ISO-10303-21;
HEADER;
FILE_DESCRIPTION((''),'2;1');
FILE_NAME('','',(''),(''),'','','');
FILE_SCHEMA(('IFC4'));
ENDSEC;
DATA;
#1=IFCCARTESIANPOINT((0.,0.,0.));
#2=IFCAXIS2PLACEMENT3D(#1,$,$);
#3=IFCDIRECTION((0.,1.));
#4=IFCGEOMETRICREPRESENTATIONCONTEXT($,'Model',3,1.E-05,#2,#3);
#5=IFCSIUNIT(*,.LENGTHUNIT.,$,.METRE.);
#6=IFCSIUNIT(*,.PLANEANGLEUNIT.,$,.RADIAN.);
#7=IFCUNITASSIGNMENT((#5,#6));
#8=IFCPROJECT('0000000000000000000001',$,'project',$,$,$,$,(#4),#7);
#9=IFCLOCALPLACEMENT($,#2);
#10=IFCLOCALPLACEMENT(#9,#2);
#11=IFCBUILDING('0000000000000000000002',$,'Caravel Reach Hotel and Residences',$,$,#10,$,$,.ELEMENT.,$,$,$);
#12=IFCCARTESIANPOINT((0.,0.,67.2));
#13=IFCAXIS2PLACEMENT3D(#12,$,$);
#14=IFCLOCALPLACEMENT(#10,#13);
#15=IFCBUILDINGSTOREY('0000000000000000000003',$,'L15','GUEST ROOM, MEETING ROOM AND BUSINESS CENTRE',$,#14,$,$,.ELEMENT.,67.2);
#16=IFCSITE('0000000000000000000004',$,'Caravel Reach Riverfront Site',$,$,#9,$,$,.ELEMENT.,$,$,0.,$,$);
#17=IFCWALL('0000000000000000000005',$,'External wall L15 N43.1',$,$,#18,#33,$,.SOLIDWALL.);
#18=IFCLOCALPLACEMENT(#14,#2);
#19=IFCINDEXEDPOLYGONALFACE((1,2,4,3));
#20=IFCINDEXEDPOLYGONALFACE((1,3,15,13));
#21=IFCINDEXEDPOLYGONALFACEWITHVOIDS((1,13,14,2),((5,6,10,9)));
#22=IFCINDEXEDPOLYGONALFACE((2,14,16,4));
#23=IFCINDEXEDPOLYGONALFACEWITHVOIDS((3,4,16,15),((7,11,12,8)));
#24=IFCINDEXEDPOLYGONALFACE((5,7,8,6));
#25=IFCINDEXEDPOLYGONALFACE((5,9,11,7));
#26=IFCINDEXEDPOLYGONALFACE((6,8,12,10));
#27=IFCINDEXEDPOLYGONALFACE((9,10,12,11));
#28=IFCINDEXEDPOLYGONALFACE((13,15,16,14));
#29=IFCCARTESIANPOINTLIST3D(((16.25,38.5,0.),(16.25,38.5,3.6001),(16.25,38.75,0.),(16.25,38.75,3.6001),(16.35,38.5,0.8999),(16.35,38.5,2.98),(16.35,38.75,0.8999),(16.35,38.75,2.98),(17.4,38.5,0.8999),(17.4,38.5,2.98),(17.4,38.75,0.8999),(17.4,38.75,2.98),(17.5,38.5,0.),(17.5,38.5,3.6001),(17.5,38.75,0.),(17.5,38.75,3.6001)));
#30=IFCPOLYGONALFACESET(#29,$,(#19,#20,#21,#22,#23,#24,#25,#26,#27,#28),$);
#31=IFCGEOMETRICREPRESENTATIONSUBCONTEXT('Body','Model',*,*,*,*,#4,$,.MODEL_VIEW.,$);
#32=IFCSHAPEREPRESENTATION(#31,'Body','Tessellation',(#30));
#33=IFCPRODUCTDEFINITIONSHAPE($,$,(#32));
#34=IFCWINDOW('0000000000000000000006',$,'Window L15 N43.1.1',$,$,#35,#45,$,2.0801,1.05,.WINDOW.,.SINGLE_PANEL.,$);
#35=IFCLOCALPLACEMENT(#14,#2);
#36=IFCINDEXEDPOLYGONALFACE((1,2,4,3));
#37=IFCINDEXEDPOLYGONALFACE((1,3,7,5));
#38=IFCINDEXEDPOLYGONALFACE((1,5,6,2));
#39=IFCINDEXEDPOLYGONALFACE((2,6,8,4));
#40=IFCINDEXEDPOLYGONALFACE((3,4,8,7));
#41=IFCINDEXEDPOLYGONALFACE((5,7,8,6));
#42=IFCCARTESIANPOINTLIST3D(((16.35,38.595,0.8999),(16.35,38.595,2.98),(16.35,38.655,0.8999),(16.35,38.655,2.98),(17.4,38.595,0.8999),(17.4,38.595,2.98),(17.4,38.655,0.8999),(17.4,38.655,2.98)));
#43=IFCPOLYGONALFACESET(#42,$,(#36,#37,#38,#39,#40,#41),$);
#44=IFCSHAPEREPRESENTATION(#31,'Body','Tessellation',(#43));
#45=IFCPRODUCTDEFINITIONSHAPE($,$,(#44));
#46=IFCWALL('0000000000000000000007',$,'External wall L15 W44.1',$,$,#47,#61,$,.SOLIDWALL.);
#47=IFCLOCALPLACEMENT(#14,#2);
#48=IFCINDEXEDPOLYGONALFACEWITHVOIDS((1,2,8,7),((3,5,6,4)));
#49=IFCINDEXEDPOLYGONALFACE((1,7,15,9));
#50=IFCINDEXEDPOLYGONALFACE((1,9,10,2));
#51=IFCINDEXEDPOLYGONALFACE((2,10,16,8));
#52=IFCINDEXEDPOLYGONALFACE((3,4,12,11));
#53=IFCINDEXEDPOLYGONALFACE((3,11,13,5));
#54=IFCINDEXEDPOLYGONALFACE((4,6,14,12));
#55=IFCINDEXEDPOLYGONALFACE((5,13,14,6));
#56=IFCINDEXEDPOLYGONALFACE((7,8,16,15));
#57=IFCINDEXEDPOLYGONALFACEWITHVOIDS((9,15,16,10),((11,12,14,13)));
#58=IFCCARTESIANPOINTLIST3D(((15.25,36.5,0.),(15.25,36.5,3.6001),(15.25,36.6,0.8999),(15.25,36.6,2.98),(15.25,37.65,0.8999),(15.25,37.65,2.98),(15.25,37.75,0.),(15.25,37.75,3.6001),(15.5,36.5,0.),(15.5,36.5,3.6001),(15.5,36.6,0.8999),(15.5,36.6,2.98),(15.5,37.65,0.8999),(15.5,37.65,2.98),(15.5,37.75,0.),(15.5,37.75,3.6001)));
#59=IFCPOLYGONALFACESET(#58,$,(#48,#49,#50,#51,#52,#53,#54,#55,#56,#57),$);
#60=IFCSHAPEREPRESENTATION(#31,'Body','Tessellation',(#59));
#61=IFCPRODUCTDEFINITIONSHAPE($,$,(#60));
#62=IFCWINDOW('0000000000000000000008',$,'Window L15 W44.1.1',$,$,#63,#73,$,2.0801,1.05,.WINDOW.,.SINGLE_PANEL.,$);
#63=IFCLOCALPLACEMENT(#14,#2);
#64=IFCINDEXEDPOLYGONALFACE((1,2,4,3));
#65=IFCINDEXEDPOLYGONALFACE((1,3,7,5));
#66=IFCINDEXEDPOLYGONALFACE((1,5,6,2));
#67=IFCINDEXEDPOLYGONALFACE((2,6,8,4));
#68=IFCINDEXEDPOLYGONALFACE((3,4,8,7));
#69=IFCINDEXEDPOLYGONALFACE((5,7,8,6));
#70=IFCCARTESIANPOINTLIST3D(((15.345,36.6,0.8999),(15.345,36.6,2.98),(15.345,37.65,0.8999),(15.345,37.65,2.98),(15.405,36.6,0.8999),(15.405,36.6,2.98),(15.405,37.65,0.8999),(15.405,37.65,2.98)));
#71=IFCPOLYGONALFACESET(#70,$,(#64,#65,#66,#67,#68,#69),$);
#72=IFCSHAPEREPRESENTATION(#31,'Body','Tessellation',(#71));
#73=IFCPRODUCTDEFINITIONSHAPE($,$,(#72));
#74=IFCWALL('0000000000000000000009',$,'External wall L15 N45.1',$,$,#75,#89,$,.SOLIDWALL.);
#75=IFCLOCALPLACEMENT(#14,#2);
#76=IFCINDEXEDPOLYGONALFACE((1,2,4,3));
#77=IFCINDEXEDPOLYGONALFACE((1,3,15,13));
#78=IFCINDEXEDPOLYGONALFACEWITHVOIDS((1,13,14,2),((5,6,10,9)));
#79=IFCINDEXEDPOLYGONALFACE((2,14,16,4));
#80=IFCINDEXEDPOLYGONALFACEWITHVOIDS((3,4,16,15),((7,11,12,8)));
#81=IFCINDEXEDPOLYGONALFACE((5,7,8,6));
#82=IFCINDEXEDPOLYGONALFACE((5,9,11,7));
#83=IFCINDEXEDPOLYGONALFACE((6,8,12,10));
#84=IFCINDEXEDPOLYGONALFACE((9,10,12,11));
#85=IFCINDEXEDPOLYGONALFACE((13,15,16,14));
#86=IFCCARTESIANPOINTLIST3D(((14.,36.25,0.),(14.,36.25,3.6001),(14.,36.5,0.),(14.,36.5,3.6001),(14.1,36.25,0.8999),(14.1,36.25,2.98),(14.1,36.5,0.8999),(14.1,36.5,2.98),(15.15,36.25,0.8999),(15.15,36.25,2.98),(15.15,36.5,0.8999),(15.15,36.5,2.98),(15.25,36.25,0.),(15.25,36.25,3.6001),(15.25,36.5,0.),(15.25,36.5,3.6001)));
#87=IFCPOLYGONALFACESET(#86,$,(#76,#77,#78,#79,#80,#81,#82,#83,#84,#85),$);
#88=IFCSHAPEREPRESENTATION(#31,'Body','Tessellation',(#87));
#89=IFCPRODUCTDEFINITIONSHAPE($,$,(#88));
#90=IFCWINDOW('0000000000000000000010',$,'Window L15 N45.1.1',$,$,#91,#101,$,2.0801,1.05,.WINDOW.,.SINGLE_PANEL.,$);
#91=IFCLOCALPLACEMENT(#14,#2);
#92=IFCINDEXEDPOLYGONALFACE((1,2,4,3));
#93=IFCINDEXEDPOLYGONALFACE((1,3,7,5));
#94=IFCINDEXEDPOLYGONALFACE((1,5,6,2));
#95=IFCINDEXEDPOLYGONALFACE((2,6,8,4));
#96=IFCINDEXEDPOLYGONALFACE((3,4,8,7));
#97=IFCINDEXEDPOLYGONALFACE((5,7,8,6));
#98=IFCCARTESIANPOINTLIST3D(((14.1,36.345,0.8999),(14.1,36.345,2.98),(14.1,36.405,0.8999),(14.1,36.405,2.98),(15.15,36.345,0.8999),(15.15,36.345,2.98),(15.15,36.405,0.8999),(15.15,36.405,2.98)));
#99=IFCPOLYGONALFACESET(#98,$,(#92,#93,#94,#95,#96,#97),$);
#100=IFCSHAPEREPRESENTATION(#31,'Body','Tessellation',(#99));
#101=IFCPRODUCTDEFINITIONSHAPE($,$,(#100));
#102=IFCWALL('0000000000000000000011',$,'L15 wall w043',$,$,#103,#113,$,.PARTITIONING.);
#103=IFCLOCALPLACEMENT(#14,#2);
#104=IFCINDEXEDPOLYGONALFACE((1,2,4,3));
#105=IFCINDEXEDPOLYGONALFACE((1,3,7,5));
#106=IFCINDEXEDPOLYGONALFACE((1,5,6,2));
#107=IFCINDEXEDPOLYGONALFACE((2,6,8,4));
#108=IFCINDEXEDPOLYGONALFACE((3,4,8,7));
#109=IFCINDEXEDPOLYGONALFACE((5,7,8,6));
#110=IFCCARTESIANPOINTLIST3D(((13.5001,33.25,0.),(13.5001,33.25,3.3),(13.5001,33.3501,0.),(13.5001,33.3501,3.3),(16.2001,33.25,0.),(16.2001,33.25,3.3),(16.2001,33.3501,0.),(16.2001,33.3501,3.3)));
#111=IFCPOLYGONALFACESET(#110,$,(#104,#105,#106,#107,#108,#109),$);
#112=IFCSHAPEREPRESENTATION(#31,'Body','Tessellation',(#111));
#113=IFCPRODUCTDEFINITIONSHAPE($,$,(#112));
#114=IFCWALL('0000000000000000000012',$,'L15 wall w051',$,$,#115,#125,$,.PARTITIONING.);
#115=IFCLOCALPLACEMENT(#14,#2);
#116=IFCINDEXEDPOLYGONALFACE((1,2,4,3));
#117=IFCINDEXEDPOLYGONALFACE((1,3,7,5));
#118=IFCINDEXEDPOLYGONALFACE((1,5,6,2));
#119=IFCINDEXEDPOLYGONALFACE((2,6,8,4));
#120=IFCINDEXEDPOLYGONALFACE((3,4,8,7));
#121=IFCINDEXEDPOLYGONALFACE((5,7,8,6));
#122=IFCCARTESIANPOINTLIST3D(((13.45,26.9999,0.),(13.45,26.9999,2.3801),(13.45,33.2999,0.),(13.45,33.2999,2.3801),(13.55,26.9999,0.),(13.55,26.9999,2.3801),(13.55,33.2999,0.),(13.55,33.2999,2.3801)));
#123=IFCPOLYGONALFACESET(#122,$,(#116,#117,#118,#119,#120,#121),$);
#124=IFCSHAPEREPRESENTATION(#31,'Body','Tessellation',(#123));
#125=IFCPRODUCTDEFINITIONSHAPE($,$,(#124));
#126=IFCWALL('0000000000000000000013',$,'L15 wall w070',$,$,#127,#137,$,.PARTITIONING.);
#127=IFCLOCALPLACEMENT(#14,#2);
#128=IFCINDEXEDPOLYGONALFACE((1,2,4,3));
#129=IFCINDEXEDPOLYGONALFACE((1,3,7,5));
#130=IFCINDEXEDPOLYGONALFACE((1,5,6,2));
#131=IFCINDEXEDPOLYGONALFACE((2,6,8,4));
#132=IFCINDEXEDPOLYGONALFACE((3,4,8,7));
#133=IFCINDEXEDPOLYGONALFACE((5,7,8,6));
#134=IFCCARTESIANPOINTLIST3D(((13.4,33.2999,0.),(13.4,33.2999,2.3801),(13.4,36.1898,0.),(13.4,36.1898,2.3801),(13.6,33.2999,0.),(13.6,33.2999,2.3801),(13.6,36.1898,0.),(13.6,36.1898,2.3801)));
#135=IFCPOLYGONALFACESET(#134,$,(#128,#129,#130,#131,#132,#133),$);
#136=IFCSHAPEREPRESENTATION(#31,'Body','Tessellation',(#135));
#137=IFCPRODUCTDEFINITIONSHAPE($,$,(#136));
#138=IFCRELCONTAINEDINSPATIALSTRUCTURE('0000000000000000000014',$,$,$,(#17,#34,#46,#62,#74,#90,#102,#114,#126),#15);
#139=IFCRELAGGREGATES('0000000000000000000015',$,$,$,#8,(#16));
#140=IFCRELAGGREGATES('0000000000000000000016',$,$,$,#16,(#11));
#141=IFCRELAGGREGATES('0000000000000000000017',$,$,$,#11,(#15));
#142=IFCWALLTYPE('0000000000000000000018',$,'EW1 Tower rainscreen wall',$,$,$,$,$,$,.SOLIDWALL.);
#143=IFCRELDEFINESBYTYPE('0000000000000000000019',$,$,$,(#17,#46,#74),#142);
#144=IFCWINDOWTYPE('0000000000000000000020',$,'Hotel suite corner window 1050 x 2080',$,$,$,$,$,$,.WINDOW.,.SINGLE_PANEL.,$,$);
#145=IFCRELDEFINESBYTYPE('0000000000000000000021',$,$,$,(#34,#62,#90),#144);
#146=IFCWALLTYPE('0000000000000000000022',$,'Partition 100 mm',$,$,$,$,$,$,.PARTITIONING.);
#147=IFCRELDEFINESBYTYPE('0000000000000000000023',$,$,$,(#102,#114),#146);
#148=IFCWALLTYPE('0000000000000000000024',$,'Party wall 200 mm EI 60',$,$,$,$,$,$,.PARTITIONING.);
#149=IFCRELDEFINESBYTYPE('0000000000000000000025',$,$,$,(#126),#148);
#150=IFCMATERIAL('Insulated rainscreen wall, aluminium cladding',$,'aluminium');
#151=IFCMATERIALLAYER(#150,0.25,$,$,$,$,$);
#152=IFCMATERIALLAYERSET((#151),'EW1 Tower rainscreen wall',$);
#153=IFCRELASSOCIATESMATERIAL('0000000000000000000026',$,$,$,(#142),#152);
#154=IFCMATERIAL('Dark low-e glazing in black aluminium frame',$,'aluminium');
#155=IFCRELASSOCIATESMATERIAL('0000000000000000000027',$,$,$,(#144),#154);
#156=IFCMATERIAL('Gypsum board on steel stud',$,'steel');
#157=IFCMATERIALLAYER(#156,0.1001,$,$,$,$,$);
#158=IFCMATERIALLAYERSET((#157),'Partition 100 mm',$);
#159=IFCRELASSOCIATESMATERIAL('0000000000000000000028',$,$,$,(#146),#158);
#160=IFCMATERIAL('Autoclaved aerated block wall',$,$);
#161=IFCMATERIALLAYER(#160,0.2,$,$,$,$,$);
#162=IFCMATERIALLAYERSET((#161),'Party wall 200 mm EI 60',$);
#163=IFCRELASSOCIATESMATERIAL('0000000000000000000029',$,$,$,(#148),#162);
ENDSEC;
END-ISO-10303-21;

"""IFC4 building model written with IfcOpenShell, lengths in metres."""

from ifc_helpers import new_model, si_unit, direction, frame, frame_2d, origin, place, context, subcontext, project, spatial, rectangle, extrude, material, layer, layer_set, type_object, element, fill, save


model = new_model("IFC4")

# Units and contexts
model_context = context("Model", 3, precision=1e-05, world=origin(), true_north=direction((0.0, 1.0)))
body_context = subcontext(model_context, "Body", "Model", "MODEL_VIEW")
ifc_project = project(units=[si_unit("LENGTHUNIT", "METRE"), si_unit("PLANEANGLEUNIT", "RADIAN")], contexts=[model_context])

# Site, building, storey
site_placement = place(None, origin())
site = spatial("IfcSite", under=ifc_project, at=site_placement, Name="Caravel Reach Riverfront Site", CompositionType="ELEMENT", RefElevation=0.0)
building_placement = place(site_placement, origin())
building = spatial("IfcBuilding", under=site, at=building_placement, Name="Caravel Reach Hotel and Residences", CompositionType="ELEMENT")
storey_placement = place(building_placement, frame((0.0, 0.0, 67.2)))
storey = spatial("IfcBuildingStorey", under=building, at=storey_placement, Name="L15", Description="GUEST ROOM, MEETING ROOM AND BUSINESS CENTRE", CompositionType="ELEMENT", Elevation=67.2)

# Walls, openings, windows
ifc_material_1 = material(Name="Insulated rainscreen wall, aluminium cladding", Category="aluminium")
ifc_layer_1 = layer(ifc_material_1, 0.25)
ifc_layer_set_1 = layer_set([ifc_layer_1], Name="EW1 Tower rainscreen wall")
wall_type_1 = type_object("IfcWallType", Name="EW1 Tower rainscreen wall", PredefinedType="SOLIDWALL", material=ifc_layer_set_1)
ifc_material_2 = material(Name="Dark low-e glazing in black aluminium frame", Category="aluminium")
window_type = type_object("IfcWindowType", Name="Hotel suite corner window 1050 x 2080", PartitioningType="SINGLE_PANEL", PredefinedType="WINDOW", material=ifc_material_2)
wall_1_placement = place(storey_placement, frame((17.5, 38.625, 0.0), z_axis=(0.0, 0.0, 1.0), x_axis=(-1.0, 0.0, 0.0)))
wall_1 = element("IfcWall", 1, at=wall_1_placement, inside=storey, type_object=wall_type_1, Name="External wall L15 N43.1", PredefinedType="SOLIDWALL", context=body_context, shape_type="SweptSolid", body=[
    extrude(rectangle(XDim=1.25, YDim=0.25, at=frame_2d((0.625, 0.0))), origin(), (0.0, 0.0, 1.0), 3.6001),
])
opening_1_placement = place(wall_1_placement, frame((0.1001, 0.0, 0.8999)))
opening_1 = element("IfcOpeningElement", 2, at=opening_1_placement, cuts=wall_1, PredefinedType="OPENING", context=body_context, shape_type="SweptSolid", body=[
    extrude(rectangle(XDim=1.05, YDim=2.0801, at=frame_2d((0.5249, 1.04))), frame((0.0, 0.135, 0.0), z_axis=(0.0, -1.0, 0.0), x_axis=(1.0, 0.0, 0.0)), (0.0, 0.0, 1.0), 0.27),
])
window_1_placement = place(opening_1_placement, origin())
window_1 = element("IfcWindow", 3, at=window_1_placement, inside=storey, type_object=window_type, Name="Window L15 N43.1.1", OverallHeight=2.0801, OverallWidth=1.05, PartitioningType="SINGLE_PANEL", PredefinedType="WINDOW", context=body_context, shape_type="SweptSolid", body=[
    extrude(rectangle(XDim=1.05, YDim=2.0801, at=frame_2d((0.5249, 1.04))), frame((0.0, 0.03, 0.0), z_axis=(0.0, -1.0, 0.0), x_axis=(1.0, 0.0, 0.0)), (0.0, 0.0, 1.0), 0.0601),
])
fill(opening_1, window_1)
wall_2_placement = place(storey_placement, frame((15.375, 37.75, 0.0), z_axis=(0.0, 0.0, 1.0), x_axis=(0.0, -1.0, 0.0)))
wall_2 = element("IfcWall", 4, at=wall_2_placement, inside=storey, type_object=wall_type_1, Name="External wall L15 W44.1", PredefinedType="SOLIDWALL", context=body_context, shape_type="SweptSolid", body=[
    extrude(rectangle(XDim=1.25, YDim=0.25, at=frame_2d((0.625, 0.0))), origin(), (0.0, 0.0, 1.0), 3.6001),
])
opening_2_placement = place(wall_2_placement, frame((0.1001, 0.0, 0.8999)))
opening_2 = element("IfcOpeningElement", 5, at=opening_2_placement, cuts=wall_2, PredefinedType="OPENING", context=body_context, shape_type="SweptSolid", body=[
    extrude(rectangle(XDim=1.05, YDim=2.0801, at=frame_2d((0.5249, 1.04))), frame((0.0, 0.135, 0.0), z_axis=(0.0, -1.0, 0.0), x_axis=(1.0, 0.0, 0.0)), (0.0, 0.0, 1.0), 0.27),
])
window_2_placement = place(opening_2_placement, origin())
window_2 = element("IfcWindow", 6, at=window_2_placement, inside=storey, type_object=window_type, Name="Window L15 W44.1.1", OverallHeight=2.0801, OverallWidth=1.05, PartitioningType="SINGLE_PANEL", PredefinedType="WINDOW", context=body_context, shape_type="SweptSolid", body=[
    extrude(rectangle(XDim=1.05, YDim=2.0801, at=frame_2d((0.5249, 1.04))), frame((0.0, 0.03, 0.0), z_axis=(0.0, -1.0, 0.0), x_axis=(1.0, 0.0, 0.0)), (0.0, 0.0, 1.0), 0.0601),
])
fill(opening_2, window_2)
wall_3_placement = place(storey_placement, frame((15.25, 36.375, 0.0), z_axis=(0.0, 0.0, 1.0), x_axis=(-1.0, 0.0, 0.0)))
wall_3 = element("IfcWall", 7, at=wall_3_placement, inside=storey, type_object=wall_type_1, Name="External wall L15 N45.1", PredefinedType="SOLIDWALL", context=body_context, shape_type="SweptSolid", body=[
    extrude(rectangle(XDim=1.25, YDim=0.25, at=frame_2d((0.625, 0.0))), origin(), (0.0, 0.0, 1.0), 3.6001),
])
opening_3_placement = place(wall_3_placement, frame((0.1001, 0.0, 0.8999)))
opening_3 = element("IfcOpeningElement", 8, at=opening_3_placement, cuts=wall_3, PredefinedType="OPENING", context=body_context, shape_type="SweptSolid", body=[
    extrude(rectangle(XDim=1.05, YDim=2.0801, at=frame_2d((0.5249, 1.04))), frame((0.0, 0.135, 0.0), z_axis=(0.0, -1.0, 0.0), x_axis=(1.0, 0.0, 0.0)), (0.0, 0.0, 1.0), 0.27),
])
window_3_placement = place(opening_3_placement, origin())
window_3 = element("IfcWindow", 9, at=window_3_placement, inside=storey, type_object=window_type, Name="Window L15 N45.1.1", OverallHeight=2.0801, OverallWidth=1.05, PartitioningType="SINGLE_PANEL", PredefinedType="WINDOW", context=body_context, shape_type="SweptSolid", body=[
    extrude(rectangle(XDim=1.05, YDim=2.0801, at=frame_2d((0.5249, 1.04))), frame((0.0, 0.03, 0.0), z_axis=(0.0, -1.0, 0.0), x_axis=(1.0, 0.0, 0.0)), (0.0, 0.0, 1.0), 0.0601),
])
fill(opening_3, window_3)

# Walls
ifc_material_3 = material(Name="Gypsum board on steel stud", Category="steel")
ifc_layer_2 = layer(ifc_material_3, 0.1001)
ifc_layer_set_2 = layer_set([ifc_layer_2], Name="Partition 100 mm")
wall_type_2 = type_object("IfcWallType", Name="Partition 100 mm", PredefinedType="PARTITIONING", material=ifc_layer_set_2)
wall_4_placement = place(storey_placement, frame((13.5, 33.3, 0.0), z_axis=(0.0, 0.0, 1.0), x_axis=(1.0, 0.0, 0.0)))
element("IfcWall", 10, at=wall_4_placement, inside=storey, type_object=wall_type_2, Name="L15 wall w043", PredefinedType="PARTITIONING", context=body_context, shape_type="SweptSolid", body=[
    extrude(rectangle(XDim=2.7, YDim=0.1001, at=frame_2d((1.3501, 0.0))), origin(), (0.0, 0.0, 1.0), 3.3),
])
wall_5_placement = place(storey_placement, frame((13.5, 27.0, 0.0), z_axis=(0.0, 0.0, 1.0), x_axis=(0.0, 1.0, 0.0)))
element("IfcWall", 11, at=wall_5_placement, inside=storey, type_object=wall_type_2, Name="L15 wall w051", PredefinedType="PARTITIONING", context=body_context, shape_type="SweptSolid", body=[
    extrude(rectangle(XDim=6.3, YDim=0.1001, at=frame_2d((3.1499, 0.0))), origin(), (0.0, 0.0, 1.0), 2.3801),
])
ifc_material_4 = material(Name="Autoclaved aerated block wall")
ifc_layer_3 = layer(ifc_material_4, 0.2)
ifc_layer_set_3 = layer_set([ifc_layer_3], Name="Party wall 200 mm EI 60")
wall_type_3 = type_object("IfcWallType", Name="Party wall 200 mm EI 60", PredefinedType="PARTITIONING", material=ifc_layer_set_3)
wall_6_placement = place(storey_placement, frame((13.5, 33.3, 0.0), z_axis=(0.0, 0.0, 1.0), x_axis=(0.0, 1.0, 0.0)))
element("IfcWall", 12, at=wall_6_placement, inside=storey, type_object=wall_type_3, Name="L15 wall w070", PredefinedType="PARTITIONING", context=body_context, shape_type="SweptSolid", body=[
    extrude(rectangle(XDim=2.8899, YDim=0.2, at=frame_2d((1.4448, 0.0))), origin(), (0.0, 0.0, 1.0), 2.3801),
])

save(model, "model.ifc")
